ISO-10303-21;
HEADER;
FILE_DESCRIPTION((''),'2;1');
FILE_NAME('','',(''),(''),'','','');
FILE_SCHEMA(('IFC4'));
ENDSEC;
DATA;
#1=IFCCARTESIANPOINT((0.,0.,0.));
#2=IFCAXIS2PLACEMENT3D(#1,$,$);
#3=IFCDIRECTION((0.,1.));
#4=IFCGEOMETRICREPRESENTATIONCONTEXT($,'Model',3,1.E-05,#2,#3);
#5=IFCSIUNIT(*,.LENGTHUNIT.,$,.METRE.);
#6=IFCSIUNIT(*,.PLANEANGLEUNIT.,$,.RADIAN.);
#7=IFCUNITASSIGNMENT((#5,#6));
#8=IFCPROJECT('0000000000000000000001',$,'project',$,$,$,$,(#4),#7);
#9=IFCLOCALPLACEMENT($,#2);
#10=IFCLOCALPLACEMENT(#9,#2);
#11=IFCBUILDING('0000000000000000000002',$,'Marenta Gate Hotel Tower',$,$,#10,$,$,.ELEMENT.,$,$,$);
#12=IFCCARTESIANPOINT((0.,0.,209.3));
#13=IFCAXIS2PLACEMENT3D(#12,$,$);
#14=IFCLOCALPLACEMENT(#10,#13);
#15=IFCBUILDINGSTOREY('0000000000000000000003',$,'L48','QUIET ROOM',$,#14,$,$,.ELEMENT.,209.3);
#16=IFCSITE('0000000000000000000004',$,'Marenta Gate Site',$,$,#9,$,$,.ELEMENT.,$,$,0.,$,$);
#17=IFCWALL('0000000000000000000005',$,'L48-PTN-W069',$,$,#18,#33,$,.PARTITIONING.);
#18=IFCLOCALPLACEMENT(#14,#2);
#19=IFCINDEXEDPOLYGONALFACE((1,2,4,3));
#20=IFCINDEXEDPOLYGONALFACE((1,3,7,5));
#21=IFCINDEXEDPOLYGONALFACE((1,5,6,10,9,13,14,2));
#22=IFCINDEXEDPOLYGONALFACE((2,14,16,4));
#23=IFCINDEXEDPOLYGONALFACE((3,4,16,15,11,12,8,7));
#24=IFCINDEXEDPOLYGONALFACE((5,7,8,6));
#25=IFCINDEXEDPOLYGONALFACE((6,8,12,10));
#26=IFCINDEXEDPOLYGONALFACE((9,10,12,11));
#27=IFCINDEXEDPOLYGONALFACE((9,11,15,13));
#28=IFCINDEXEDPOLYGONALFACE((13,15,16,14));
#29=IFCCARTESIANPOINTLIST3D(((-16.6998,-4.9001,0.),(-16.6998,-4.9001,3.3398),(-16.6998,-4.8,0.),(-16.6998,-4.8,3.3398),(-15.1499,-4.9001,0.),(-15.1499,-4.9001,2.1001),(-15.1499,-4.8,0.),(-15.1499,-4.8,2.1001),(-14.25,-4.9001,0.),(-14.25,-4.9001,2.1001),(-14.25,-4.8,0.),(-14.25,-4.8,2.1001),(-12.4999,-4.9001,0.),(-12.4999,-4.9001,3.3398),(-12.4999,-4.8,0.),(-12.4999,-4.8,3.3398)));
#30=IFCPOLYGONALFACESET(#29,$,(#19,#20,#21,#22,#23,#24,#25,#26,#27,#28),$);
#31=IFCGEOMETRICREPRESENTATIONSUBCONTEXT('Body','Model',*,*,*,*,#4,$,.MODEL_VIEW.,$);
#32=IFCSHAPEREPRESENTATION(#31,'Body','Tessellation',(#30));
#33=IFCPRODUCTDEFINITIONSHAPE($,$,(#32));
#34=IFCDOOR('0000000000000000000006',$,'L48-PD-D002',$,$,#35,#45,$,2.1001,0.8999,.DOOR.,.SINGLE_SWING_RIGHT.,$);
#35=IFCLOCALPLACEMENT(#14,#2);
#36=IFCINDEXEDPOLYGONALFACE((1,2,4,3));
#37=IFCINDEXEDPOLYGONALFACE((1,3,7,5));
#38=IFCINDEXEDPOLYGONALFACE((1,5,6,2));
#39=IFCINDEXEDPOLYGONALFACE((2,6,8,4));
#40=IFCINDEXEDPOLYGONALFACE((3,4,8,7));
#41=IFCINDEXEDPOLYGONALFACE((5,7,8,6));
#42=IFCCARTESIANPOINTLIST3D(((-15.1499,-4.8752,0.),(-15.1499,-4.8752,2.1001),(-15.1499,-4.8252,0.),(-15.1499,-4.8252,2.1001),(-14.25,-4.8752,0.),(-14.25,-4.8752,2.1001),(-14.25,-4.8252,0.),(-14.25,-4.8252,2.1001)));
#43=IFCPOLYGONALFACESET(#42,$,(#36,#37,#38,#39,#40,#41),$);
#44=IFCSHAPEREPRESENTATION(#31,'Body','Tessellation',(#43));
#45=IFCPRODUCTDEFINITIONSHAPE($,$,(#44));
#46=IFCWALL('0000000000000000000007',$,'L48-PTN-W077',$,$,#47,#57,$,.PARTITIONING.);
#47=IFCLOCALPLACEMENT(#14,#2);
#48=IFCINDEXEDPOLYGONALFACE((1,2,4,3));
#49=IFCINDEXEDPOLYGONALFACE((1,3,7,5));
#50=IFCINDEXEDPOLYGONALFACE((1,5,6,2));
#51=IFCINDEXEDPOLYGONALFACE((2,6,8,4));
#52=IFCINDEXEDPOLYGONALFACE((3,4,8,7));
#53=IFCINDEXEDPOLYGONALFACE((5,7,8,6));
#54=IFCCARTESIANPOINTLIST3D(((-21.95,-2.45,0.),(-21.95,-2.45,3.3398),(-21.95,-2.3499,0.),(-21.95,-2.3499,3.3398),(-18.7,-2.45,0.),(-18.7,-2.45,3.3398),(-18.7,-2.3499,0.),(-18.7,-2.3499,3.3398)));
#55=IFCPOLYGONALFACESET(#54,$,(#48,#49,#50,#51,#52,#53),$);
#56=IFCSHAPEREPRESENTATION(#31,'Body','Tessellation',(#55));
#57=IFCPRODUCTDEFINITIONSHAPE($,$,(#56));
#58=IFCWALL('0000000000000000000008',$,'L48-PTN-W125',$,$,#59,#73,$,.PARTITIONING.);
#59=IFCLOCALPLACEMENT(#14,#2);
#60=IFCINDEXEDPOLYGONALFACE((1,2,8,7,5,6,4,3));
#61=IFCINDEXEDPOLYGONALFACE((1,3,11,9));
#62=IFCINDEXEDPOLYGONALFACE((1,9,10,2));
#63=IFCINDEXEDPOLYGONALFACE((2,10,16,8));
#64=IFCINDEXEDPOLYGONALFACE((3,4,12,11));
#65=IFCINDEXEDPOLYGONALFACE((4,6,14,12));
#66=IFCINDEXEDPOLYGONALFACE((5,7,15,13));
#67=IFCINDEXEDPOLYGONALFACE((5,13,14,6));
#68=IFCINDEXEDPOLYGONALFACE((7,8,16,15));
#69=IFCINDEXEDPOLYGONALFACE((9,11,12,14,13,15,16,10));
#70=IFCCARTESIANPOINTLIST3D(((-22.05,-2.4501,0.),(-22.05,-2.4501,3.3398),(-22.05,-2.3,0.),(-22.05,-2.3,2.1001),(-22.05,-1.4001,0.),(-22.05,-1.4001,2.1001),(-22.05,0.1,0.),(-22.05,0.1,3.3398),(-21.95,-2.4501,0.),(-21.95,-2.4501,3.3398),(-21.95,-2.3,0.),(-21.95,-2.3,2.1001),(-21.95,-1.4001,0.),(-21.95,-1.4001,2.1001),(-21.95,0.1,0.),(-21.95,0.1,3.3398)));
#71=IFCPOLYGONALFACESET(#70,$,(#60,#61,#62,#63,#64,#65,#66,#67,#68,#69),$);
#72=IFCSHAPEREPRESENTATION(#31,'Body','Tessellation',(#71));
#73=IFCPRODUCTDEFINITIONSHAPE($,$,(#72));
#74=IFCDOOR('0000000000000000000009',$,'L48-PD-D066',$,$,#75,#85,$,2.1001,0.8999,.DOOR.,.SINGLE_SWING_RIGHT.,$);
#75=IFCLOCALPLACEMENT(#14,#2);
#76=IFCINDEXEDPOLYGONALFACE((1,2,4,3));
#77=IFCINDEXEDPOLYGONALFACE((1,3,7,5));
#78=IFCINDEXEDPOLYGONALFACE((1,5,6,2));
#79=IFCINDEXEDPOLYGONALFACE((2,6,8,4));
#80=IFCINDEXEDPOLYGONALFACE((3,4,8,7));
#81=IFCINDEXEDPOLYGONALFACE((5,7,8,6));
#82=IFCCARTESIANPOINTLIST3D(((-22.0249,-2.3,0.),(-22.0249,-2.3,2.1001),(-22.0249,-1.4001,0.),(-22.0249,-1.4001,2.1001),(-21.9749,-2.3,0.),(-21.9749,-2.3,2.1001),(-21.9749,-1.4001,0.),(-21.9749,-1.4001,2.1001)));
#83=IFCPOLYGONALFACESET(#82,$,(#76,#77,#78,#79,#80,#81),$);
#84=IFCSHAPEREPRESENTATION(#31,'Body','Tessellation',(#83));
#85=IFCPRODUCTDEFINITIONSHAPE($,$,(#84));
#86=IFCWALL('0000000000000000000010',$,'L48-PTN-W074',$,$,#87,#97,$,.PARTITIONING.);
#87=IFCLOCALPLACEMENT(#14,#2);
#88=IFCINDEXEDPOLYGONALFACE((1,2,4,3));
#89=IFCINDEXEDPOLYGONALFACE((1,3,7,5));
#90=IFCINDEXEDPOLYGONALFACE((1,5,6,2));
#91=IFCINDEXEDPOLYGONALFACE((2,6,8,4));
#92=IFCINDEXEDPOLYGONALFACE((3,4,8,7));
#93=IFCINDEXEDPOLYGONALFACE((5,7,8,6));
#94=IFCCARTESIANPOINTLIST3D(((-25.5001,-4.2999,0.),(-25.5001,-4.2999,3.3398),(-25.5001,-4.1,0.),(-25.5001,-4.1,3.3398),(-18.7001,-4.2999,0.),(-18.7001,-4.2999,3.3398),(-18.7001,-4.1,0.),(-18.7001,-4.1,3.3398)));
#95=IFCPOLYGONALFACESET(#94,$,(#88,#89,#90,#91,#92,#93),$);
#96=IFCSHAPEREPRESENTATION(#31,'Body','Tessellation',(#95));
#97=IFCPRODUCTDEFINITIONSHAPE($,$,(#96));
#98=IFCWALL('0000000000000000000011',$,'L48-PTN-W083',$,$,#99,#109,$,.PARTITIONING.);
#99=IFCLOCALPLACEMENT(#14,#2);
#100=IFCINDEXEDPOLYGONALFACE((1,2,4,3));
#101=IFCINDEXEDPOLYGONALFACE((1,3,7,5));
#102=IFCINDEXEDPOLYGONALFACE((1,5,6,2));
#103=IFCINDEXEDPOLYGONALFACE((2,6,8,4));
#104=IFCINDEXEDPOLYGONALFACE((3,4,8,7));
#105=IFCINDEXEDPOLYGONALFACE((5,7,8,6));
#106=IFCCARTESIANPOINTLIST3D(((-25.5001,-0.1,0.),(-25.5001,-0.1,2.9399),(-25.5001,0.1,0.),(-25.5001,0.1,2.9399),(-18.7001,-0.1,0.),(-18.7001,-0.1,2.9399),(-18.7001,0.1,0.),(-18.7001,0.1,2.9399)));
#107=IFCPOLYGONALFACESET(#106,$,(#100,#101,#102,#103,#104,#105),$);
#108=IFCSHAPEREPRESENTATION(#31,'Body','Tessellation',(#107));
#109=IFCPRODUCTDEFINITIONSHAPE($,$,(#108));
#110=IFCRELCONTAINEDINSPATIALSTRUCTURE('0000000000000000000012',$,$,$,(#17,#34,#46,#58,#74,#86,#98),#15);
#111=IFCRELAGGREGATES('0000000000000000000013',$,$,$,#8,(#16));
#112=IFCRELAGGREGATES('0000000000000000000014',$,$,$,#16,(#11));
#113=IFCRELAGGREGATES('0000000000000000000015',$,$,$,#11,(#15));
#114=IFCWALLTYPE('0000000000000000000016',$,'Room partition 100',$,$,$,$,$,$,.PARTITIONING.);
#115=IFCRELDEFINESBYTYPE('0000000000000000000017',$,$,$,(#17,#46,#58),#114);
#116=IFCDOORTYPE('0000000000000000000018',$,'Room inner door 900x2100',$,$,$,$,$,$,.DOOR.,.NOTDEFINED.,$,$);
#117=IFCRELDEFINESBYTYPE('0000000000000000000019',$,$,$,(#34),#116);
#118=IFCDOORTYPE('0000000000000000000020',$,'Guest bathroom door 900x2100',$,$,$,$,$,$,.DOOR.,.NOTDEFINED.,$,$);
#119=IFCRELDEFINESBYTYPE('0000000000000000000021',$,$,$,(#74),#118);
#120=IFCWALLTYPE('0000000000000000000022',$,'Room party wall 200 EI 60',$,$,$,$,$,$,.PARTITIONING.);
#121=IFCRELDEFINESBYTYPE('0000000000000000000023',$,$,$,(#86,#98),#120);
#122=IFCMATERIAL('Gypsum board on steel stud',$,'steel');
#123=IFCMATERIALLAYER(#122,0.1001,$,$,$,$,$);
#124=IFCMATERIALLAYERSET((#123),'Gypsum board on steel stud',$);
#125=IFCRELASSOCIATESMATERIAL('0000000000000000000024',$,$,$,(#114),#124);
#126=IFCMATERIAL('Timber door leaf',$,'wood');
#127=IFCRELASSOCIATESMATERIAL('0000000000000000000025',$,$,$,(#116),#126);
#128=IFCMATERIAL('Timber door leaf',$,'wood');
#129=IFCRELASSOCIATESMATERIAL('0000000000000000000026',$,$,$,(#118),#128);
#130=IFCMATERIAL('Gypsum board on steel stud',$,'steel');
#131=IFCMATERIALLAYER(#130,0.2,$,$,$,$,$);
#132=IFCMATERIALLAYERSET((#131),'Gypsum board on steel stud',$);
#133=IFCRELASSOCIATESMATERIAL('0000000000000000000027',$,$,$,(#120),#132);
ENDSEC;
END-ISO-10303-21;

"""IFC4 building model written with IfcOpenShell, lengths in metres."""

from ifc_helpers import new_model, si_unit, direction, frame, frame_2d, origin, place, context, subcontext, project, spatial, rectangle, extrude, material, layer, layer_set, type_object, element, fill, save


model = new_model("IFC4")

# Units and contexts
model_context = context("Model", 3, precision=1e-05, world=origin(), true_north=direction((0.0, 1.0)))
body_context = subcontext(model_context, "Body", "Model", "MODEL_VIEW")
ifc_project = project(units=[si_unit("LENGTHUNIT", "METRE"), si_unit("PLANEANGLEUNIT", "RADIAN")], contexts=[model_context])

# Site, building, storey
site_placement = place(None, origin())
site = spatial("IfcSite", under=ifc_project, at=site_placement, Name="Marenta Gate Site", CompositionType="ELEMENT", RefElevation=0.0)
building_placement = place(site_placement, origin())
building = spatial("IfcBuilding", under=site, at=building_placement, Name="Marenta Gate Hotel Tower", CompositionType="ELEMENT")
storey_placement = place(building_placement, frame((0.0, 0.0, 209.3)))
storey = spatial("IfcBuildingStorey", under=building, at=storey_placement, Name="L48", Description="QUIET ROOM", CompositionType="ELEMENT", Elevation=209.3)

# Wall, opening, door
ifc_material_1 = material(Name="Gypsum board on steel stud", Category="steel")
ifc_layer_1 = layer(ifc_material_1, 0.1001)
ifc_layer_set_1 = layer_set([ifc_layer_1], Name="Gypsum board on steel stud")
wall_type_1 = type_object("IfcWallType", Name="Room partition 100", PredefinedType="PARTITIONING", material=ifc_layer_set_1)
wall_1_placement = place(storey_placement, frame((-16.7, -4.8501, 0.0), z_axis=(0.0, 0.0, 1.0), x_axis=(1.0, 0.0, 0.0)))
wall_1 = element("IfcWall", 1, at=wall_1_placement, inside=storey, type_object=wall_type_1, Name="L48-PTN-W069", PredefinedType="PARTITIONING", context=body_context, shape_type="SweptSolid", body=[
    extrude(rectangle(XDim=4.2, YDim=0.1001, at=frame_2d((2.1001, 0.0))), origin(), (0.0, 0.0, 1.0), 3.3398),
])
opening_1_placement = place(wall_1_placement, frame((1.55, 0.0, 0.0)))
opening_1 = element("IfcOpeningElement", 2, at=opening_1_placement, cuts=wall_1, PredefinedType="OPENING", context=body_context, shape_type="SweptSolid", body=[
    extrude(rectangle(XDim=0.8999, YDim=2.1001, at=frame_2d((0.45, 1.05))), frame((0.0, 0.05, 0.0), z_axis=(0.0, -1.0, 0.0), x_axis=(1.0, 0.0, 0.0)), (0.0, 0.0, 1.0), 0.1001),
])
ifc_material_2 = material(Name="Timber door leaf", Category="wood")
door_type_1 = type_object("IfcDoorType", Name="Room inner door 900x2100", OperationType="NOTDEFINED", PredefinedType="DOOR", material=ifc_material_2)
door_1_placement = place(opening_1_placement, origin())
door_1 = element("IfcDoor", 3, at=door_1_placement, inside=storey, type_object=door_type_1, Name="L48-PD-D002", OperationType="SINGLE_SWING_RIGHT", OverallHeight=2.1001, OverallWidth=0.8999, PredefinedType="DOOR", context=body_context, shape_type="SweptSolid", body=[
    extrude(rectangle(XDim=0.8999, YDim=2.1001, at=frame_2d((0.45, 1.05))), frame((0.0, 0.0249, 0.0), z_axis=(0.0, -1.0, 0.0), x_axis=(1.0, 0.0, 0.0)), (0.0, 0.0, 1.0), 0.05),
])
fill(opening_1, door_1)

# Wall
wall_2_placement = place(storey_placement, frame((-21.95, -2.3999, 0.0), z_axis=(0.0, 0.0, 1.0), x_axis=(1.0, 0.0, 0.0)))
element("IfcWall", 4, at=wall_2_placement, inside=storey, type_object=wall_type_1, Name="L48-PTN-W077", PredefinedType="PARTITIONING", context=body_context, shape_type="SweptSolid", body=[
    extrude(rectangle(XDim=3.25, YDim=0.1001, at=frame_2d((1.625, 0.0))), origin(), (0.0, 0.0, 1.0), 3.3398),
])

# Wall, opening, door
wall_3_placement = place(storey_placement, frame((-22.0, -2.45, 0.0), z_axis=(0.0, 0.0, 1.0), x_axis=(0.0, 1.0, 0.0)))
wall_3 = element("IfcWall", 5, at=wall_3_placement, inside=storey, type_object=wall_type_1, Name="L48-PTN-W125", PredefinedType="PARTITIONING", context=body_context, shape_type="SweptSolid", body=[
    extrude(rectangle(XDim=2.55, YDim=0.1001, at=frame_2d((1.2749, 0.0))), origin(), (0.0, 0.0, 1.0), 3.3398),
])
opening_2_placement = place(wall_3_placement, frame((0.1499, 0.0, 0.0)))
opening_2 = element("IfcOpeningElement", 6, at=opening_2_placement, cuts=wall_3, PredefinedType="OPENING", context=body_context, shape_type="SweptSolid", body=[
    extrude(rectangle(XDim=0.8999, YDim=2.1001, at=frame_2d((0.45, 1.05))), frame((0.0, 0.05, 0.0), z_axis=(0.0, -1.0, 0.0), x_axis=(1.0, 0.0, 0.0)), (0.0, 0.0, 1.0), 0.1001),
])
ifc_material_3 = material(Name="Timber door leaf", Category="wood")
door_type_2 = type_object("IfcDoorType", Name="Guest bathroom door 900x2100", OperationType="NOTDEFINED", PredefinedType="DOOR", material=ifc_material_3)
door_2_placement = place(opening_2_placement, origin())
door_2 = element("IfcDoor", 7, at=door_2_placement, inside=storey, type_object=door_type_2, Name="L48-PD-D066", OperationType="SINGLE_SWING_RIGHT", OverallHeight=2.1001, OverallWidth=0.8999, PredefinedType="DOOR", context=body_context, shape_type="SweptSolid", body=[
    extrude(rectangle(XDim=0.8999, YDim=2.1001, at=frame_2d((0.45, 1.05))), frame((0.0, 0.0249, 0.0), z_axis=(0.0, -1.0, 0.0), x_axis=(1.0, 0.0, 0.0)), (0.0, 0.0, 1.0), 0.05),
])
fill(opening_2, door_2)

# Walls
ifc_material_4 = material(Name="Gypsum board on steel stud", Category="steel")
ifc_layer_2 = layer(ifc_material_4, 0.2)
ifc_layer_set_2 = layer_set([ifc_layer_2], Name="Gypsum board on steel stud")
wall_type_2 = type_object("IfcWallType", Name="Room party wall 200 EI 60", PredefinedType="PARTITIONING", material=ifc_layer_set_2)
wall_4_placement = place(storey_placement, frame((-25.5, -4.2, 0.0), z_axis=(0.0, 0.0, 1.0), x_axis=(1.0, 0.0, 0.0)))
element("IfcWall", 8, at=wall_4_placement, inside=storey, type_object=wall_type_2, Name="L48-PTN-W074", PredefinedType="PARTITIONING", context=body_context, shape_type="SweptSolid", body=[
    extrude(rectangle(XDim=6.8, YDim=0.2, at=frame_2d((3.3999, 0.0))), origin(), (0.0, 0.0, 1.0), 3.3398),
])
wall_5_placement = place(storey_placement, frame((-25.5, 0.0, 0.0), z_axis=(0.0, 0.0, 1.0), x_axis=(1.0, 0.0, 0.0)))
element("IfcWall", 9, at=wall_5_placement, inside=storey, type_object=wall_type_2, Name="L48-PTN-W083", PredefinedType="PARTITIONING", context=body_context, shape_type="SweptSolid", body=[
    extrude(rectangle(XDim=6.8, YDim=0.2, at=frame_2d((3.3999, 0.0))), origin(), (0.0, 0.0, 1.0), 2.9399),
])

save(model, "model.ifc")
